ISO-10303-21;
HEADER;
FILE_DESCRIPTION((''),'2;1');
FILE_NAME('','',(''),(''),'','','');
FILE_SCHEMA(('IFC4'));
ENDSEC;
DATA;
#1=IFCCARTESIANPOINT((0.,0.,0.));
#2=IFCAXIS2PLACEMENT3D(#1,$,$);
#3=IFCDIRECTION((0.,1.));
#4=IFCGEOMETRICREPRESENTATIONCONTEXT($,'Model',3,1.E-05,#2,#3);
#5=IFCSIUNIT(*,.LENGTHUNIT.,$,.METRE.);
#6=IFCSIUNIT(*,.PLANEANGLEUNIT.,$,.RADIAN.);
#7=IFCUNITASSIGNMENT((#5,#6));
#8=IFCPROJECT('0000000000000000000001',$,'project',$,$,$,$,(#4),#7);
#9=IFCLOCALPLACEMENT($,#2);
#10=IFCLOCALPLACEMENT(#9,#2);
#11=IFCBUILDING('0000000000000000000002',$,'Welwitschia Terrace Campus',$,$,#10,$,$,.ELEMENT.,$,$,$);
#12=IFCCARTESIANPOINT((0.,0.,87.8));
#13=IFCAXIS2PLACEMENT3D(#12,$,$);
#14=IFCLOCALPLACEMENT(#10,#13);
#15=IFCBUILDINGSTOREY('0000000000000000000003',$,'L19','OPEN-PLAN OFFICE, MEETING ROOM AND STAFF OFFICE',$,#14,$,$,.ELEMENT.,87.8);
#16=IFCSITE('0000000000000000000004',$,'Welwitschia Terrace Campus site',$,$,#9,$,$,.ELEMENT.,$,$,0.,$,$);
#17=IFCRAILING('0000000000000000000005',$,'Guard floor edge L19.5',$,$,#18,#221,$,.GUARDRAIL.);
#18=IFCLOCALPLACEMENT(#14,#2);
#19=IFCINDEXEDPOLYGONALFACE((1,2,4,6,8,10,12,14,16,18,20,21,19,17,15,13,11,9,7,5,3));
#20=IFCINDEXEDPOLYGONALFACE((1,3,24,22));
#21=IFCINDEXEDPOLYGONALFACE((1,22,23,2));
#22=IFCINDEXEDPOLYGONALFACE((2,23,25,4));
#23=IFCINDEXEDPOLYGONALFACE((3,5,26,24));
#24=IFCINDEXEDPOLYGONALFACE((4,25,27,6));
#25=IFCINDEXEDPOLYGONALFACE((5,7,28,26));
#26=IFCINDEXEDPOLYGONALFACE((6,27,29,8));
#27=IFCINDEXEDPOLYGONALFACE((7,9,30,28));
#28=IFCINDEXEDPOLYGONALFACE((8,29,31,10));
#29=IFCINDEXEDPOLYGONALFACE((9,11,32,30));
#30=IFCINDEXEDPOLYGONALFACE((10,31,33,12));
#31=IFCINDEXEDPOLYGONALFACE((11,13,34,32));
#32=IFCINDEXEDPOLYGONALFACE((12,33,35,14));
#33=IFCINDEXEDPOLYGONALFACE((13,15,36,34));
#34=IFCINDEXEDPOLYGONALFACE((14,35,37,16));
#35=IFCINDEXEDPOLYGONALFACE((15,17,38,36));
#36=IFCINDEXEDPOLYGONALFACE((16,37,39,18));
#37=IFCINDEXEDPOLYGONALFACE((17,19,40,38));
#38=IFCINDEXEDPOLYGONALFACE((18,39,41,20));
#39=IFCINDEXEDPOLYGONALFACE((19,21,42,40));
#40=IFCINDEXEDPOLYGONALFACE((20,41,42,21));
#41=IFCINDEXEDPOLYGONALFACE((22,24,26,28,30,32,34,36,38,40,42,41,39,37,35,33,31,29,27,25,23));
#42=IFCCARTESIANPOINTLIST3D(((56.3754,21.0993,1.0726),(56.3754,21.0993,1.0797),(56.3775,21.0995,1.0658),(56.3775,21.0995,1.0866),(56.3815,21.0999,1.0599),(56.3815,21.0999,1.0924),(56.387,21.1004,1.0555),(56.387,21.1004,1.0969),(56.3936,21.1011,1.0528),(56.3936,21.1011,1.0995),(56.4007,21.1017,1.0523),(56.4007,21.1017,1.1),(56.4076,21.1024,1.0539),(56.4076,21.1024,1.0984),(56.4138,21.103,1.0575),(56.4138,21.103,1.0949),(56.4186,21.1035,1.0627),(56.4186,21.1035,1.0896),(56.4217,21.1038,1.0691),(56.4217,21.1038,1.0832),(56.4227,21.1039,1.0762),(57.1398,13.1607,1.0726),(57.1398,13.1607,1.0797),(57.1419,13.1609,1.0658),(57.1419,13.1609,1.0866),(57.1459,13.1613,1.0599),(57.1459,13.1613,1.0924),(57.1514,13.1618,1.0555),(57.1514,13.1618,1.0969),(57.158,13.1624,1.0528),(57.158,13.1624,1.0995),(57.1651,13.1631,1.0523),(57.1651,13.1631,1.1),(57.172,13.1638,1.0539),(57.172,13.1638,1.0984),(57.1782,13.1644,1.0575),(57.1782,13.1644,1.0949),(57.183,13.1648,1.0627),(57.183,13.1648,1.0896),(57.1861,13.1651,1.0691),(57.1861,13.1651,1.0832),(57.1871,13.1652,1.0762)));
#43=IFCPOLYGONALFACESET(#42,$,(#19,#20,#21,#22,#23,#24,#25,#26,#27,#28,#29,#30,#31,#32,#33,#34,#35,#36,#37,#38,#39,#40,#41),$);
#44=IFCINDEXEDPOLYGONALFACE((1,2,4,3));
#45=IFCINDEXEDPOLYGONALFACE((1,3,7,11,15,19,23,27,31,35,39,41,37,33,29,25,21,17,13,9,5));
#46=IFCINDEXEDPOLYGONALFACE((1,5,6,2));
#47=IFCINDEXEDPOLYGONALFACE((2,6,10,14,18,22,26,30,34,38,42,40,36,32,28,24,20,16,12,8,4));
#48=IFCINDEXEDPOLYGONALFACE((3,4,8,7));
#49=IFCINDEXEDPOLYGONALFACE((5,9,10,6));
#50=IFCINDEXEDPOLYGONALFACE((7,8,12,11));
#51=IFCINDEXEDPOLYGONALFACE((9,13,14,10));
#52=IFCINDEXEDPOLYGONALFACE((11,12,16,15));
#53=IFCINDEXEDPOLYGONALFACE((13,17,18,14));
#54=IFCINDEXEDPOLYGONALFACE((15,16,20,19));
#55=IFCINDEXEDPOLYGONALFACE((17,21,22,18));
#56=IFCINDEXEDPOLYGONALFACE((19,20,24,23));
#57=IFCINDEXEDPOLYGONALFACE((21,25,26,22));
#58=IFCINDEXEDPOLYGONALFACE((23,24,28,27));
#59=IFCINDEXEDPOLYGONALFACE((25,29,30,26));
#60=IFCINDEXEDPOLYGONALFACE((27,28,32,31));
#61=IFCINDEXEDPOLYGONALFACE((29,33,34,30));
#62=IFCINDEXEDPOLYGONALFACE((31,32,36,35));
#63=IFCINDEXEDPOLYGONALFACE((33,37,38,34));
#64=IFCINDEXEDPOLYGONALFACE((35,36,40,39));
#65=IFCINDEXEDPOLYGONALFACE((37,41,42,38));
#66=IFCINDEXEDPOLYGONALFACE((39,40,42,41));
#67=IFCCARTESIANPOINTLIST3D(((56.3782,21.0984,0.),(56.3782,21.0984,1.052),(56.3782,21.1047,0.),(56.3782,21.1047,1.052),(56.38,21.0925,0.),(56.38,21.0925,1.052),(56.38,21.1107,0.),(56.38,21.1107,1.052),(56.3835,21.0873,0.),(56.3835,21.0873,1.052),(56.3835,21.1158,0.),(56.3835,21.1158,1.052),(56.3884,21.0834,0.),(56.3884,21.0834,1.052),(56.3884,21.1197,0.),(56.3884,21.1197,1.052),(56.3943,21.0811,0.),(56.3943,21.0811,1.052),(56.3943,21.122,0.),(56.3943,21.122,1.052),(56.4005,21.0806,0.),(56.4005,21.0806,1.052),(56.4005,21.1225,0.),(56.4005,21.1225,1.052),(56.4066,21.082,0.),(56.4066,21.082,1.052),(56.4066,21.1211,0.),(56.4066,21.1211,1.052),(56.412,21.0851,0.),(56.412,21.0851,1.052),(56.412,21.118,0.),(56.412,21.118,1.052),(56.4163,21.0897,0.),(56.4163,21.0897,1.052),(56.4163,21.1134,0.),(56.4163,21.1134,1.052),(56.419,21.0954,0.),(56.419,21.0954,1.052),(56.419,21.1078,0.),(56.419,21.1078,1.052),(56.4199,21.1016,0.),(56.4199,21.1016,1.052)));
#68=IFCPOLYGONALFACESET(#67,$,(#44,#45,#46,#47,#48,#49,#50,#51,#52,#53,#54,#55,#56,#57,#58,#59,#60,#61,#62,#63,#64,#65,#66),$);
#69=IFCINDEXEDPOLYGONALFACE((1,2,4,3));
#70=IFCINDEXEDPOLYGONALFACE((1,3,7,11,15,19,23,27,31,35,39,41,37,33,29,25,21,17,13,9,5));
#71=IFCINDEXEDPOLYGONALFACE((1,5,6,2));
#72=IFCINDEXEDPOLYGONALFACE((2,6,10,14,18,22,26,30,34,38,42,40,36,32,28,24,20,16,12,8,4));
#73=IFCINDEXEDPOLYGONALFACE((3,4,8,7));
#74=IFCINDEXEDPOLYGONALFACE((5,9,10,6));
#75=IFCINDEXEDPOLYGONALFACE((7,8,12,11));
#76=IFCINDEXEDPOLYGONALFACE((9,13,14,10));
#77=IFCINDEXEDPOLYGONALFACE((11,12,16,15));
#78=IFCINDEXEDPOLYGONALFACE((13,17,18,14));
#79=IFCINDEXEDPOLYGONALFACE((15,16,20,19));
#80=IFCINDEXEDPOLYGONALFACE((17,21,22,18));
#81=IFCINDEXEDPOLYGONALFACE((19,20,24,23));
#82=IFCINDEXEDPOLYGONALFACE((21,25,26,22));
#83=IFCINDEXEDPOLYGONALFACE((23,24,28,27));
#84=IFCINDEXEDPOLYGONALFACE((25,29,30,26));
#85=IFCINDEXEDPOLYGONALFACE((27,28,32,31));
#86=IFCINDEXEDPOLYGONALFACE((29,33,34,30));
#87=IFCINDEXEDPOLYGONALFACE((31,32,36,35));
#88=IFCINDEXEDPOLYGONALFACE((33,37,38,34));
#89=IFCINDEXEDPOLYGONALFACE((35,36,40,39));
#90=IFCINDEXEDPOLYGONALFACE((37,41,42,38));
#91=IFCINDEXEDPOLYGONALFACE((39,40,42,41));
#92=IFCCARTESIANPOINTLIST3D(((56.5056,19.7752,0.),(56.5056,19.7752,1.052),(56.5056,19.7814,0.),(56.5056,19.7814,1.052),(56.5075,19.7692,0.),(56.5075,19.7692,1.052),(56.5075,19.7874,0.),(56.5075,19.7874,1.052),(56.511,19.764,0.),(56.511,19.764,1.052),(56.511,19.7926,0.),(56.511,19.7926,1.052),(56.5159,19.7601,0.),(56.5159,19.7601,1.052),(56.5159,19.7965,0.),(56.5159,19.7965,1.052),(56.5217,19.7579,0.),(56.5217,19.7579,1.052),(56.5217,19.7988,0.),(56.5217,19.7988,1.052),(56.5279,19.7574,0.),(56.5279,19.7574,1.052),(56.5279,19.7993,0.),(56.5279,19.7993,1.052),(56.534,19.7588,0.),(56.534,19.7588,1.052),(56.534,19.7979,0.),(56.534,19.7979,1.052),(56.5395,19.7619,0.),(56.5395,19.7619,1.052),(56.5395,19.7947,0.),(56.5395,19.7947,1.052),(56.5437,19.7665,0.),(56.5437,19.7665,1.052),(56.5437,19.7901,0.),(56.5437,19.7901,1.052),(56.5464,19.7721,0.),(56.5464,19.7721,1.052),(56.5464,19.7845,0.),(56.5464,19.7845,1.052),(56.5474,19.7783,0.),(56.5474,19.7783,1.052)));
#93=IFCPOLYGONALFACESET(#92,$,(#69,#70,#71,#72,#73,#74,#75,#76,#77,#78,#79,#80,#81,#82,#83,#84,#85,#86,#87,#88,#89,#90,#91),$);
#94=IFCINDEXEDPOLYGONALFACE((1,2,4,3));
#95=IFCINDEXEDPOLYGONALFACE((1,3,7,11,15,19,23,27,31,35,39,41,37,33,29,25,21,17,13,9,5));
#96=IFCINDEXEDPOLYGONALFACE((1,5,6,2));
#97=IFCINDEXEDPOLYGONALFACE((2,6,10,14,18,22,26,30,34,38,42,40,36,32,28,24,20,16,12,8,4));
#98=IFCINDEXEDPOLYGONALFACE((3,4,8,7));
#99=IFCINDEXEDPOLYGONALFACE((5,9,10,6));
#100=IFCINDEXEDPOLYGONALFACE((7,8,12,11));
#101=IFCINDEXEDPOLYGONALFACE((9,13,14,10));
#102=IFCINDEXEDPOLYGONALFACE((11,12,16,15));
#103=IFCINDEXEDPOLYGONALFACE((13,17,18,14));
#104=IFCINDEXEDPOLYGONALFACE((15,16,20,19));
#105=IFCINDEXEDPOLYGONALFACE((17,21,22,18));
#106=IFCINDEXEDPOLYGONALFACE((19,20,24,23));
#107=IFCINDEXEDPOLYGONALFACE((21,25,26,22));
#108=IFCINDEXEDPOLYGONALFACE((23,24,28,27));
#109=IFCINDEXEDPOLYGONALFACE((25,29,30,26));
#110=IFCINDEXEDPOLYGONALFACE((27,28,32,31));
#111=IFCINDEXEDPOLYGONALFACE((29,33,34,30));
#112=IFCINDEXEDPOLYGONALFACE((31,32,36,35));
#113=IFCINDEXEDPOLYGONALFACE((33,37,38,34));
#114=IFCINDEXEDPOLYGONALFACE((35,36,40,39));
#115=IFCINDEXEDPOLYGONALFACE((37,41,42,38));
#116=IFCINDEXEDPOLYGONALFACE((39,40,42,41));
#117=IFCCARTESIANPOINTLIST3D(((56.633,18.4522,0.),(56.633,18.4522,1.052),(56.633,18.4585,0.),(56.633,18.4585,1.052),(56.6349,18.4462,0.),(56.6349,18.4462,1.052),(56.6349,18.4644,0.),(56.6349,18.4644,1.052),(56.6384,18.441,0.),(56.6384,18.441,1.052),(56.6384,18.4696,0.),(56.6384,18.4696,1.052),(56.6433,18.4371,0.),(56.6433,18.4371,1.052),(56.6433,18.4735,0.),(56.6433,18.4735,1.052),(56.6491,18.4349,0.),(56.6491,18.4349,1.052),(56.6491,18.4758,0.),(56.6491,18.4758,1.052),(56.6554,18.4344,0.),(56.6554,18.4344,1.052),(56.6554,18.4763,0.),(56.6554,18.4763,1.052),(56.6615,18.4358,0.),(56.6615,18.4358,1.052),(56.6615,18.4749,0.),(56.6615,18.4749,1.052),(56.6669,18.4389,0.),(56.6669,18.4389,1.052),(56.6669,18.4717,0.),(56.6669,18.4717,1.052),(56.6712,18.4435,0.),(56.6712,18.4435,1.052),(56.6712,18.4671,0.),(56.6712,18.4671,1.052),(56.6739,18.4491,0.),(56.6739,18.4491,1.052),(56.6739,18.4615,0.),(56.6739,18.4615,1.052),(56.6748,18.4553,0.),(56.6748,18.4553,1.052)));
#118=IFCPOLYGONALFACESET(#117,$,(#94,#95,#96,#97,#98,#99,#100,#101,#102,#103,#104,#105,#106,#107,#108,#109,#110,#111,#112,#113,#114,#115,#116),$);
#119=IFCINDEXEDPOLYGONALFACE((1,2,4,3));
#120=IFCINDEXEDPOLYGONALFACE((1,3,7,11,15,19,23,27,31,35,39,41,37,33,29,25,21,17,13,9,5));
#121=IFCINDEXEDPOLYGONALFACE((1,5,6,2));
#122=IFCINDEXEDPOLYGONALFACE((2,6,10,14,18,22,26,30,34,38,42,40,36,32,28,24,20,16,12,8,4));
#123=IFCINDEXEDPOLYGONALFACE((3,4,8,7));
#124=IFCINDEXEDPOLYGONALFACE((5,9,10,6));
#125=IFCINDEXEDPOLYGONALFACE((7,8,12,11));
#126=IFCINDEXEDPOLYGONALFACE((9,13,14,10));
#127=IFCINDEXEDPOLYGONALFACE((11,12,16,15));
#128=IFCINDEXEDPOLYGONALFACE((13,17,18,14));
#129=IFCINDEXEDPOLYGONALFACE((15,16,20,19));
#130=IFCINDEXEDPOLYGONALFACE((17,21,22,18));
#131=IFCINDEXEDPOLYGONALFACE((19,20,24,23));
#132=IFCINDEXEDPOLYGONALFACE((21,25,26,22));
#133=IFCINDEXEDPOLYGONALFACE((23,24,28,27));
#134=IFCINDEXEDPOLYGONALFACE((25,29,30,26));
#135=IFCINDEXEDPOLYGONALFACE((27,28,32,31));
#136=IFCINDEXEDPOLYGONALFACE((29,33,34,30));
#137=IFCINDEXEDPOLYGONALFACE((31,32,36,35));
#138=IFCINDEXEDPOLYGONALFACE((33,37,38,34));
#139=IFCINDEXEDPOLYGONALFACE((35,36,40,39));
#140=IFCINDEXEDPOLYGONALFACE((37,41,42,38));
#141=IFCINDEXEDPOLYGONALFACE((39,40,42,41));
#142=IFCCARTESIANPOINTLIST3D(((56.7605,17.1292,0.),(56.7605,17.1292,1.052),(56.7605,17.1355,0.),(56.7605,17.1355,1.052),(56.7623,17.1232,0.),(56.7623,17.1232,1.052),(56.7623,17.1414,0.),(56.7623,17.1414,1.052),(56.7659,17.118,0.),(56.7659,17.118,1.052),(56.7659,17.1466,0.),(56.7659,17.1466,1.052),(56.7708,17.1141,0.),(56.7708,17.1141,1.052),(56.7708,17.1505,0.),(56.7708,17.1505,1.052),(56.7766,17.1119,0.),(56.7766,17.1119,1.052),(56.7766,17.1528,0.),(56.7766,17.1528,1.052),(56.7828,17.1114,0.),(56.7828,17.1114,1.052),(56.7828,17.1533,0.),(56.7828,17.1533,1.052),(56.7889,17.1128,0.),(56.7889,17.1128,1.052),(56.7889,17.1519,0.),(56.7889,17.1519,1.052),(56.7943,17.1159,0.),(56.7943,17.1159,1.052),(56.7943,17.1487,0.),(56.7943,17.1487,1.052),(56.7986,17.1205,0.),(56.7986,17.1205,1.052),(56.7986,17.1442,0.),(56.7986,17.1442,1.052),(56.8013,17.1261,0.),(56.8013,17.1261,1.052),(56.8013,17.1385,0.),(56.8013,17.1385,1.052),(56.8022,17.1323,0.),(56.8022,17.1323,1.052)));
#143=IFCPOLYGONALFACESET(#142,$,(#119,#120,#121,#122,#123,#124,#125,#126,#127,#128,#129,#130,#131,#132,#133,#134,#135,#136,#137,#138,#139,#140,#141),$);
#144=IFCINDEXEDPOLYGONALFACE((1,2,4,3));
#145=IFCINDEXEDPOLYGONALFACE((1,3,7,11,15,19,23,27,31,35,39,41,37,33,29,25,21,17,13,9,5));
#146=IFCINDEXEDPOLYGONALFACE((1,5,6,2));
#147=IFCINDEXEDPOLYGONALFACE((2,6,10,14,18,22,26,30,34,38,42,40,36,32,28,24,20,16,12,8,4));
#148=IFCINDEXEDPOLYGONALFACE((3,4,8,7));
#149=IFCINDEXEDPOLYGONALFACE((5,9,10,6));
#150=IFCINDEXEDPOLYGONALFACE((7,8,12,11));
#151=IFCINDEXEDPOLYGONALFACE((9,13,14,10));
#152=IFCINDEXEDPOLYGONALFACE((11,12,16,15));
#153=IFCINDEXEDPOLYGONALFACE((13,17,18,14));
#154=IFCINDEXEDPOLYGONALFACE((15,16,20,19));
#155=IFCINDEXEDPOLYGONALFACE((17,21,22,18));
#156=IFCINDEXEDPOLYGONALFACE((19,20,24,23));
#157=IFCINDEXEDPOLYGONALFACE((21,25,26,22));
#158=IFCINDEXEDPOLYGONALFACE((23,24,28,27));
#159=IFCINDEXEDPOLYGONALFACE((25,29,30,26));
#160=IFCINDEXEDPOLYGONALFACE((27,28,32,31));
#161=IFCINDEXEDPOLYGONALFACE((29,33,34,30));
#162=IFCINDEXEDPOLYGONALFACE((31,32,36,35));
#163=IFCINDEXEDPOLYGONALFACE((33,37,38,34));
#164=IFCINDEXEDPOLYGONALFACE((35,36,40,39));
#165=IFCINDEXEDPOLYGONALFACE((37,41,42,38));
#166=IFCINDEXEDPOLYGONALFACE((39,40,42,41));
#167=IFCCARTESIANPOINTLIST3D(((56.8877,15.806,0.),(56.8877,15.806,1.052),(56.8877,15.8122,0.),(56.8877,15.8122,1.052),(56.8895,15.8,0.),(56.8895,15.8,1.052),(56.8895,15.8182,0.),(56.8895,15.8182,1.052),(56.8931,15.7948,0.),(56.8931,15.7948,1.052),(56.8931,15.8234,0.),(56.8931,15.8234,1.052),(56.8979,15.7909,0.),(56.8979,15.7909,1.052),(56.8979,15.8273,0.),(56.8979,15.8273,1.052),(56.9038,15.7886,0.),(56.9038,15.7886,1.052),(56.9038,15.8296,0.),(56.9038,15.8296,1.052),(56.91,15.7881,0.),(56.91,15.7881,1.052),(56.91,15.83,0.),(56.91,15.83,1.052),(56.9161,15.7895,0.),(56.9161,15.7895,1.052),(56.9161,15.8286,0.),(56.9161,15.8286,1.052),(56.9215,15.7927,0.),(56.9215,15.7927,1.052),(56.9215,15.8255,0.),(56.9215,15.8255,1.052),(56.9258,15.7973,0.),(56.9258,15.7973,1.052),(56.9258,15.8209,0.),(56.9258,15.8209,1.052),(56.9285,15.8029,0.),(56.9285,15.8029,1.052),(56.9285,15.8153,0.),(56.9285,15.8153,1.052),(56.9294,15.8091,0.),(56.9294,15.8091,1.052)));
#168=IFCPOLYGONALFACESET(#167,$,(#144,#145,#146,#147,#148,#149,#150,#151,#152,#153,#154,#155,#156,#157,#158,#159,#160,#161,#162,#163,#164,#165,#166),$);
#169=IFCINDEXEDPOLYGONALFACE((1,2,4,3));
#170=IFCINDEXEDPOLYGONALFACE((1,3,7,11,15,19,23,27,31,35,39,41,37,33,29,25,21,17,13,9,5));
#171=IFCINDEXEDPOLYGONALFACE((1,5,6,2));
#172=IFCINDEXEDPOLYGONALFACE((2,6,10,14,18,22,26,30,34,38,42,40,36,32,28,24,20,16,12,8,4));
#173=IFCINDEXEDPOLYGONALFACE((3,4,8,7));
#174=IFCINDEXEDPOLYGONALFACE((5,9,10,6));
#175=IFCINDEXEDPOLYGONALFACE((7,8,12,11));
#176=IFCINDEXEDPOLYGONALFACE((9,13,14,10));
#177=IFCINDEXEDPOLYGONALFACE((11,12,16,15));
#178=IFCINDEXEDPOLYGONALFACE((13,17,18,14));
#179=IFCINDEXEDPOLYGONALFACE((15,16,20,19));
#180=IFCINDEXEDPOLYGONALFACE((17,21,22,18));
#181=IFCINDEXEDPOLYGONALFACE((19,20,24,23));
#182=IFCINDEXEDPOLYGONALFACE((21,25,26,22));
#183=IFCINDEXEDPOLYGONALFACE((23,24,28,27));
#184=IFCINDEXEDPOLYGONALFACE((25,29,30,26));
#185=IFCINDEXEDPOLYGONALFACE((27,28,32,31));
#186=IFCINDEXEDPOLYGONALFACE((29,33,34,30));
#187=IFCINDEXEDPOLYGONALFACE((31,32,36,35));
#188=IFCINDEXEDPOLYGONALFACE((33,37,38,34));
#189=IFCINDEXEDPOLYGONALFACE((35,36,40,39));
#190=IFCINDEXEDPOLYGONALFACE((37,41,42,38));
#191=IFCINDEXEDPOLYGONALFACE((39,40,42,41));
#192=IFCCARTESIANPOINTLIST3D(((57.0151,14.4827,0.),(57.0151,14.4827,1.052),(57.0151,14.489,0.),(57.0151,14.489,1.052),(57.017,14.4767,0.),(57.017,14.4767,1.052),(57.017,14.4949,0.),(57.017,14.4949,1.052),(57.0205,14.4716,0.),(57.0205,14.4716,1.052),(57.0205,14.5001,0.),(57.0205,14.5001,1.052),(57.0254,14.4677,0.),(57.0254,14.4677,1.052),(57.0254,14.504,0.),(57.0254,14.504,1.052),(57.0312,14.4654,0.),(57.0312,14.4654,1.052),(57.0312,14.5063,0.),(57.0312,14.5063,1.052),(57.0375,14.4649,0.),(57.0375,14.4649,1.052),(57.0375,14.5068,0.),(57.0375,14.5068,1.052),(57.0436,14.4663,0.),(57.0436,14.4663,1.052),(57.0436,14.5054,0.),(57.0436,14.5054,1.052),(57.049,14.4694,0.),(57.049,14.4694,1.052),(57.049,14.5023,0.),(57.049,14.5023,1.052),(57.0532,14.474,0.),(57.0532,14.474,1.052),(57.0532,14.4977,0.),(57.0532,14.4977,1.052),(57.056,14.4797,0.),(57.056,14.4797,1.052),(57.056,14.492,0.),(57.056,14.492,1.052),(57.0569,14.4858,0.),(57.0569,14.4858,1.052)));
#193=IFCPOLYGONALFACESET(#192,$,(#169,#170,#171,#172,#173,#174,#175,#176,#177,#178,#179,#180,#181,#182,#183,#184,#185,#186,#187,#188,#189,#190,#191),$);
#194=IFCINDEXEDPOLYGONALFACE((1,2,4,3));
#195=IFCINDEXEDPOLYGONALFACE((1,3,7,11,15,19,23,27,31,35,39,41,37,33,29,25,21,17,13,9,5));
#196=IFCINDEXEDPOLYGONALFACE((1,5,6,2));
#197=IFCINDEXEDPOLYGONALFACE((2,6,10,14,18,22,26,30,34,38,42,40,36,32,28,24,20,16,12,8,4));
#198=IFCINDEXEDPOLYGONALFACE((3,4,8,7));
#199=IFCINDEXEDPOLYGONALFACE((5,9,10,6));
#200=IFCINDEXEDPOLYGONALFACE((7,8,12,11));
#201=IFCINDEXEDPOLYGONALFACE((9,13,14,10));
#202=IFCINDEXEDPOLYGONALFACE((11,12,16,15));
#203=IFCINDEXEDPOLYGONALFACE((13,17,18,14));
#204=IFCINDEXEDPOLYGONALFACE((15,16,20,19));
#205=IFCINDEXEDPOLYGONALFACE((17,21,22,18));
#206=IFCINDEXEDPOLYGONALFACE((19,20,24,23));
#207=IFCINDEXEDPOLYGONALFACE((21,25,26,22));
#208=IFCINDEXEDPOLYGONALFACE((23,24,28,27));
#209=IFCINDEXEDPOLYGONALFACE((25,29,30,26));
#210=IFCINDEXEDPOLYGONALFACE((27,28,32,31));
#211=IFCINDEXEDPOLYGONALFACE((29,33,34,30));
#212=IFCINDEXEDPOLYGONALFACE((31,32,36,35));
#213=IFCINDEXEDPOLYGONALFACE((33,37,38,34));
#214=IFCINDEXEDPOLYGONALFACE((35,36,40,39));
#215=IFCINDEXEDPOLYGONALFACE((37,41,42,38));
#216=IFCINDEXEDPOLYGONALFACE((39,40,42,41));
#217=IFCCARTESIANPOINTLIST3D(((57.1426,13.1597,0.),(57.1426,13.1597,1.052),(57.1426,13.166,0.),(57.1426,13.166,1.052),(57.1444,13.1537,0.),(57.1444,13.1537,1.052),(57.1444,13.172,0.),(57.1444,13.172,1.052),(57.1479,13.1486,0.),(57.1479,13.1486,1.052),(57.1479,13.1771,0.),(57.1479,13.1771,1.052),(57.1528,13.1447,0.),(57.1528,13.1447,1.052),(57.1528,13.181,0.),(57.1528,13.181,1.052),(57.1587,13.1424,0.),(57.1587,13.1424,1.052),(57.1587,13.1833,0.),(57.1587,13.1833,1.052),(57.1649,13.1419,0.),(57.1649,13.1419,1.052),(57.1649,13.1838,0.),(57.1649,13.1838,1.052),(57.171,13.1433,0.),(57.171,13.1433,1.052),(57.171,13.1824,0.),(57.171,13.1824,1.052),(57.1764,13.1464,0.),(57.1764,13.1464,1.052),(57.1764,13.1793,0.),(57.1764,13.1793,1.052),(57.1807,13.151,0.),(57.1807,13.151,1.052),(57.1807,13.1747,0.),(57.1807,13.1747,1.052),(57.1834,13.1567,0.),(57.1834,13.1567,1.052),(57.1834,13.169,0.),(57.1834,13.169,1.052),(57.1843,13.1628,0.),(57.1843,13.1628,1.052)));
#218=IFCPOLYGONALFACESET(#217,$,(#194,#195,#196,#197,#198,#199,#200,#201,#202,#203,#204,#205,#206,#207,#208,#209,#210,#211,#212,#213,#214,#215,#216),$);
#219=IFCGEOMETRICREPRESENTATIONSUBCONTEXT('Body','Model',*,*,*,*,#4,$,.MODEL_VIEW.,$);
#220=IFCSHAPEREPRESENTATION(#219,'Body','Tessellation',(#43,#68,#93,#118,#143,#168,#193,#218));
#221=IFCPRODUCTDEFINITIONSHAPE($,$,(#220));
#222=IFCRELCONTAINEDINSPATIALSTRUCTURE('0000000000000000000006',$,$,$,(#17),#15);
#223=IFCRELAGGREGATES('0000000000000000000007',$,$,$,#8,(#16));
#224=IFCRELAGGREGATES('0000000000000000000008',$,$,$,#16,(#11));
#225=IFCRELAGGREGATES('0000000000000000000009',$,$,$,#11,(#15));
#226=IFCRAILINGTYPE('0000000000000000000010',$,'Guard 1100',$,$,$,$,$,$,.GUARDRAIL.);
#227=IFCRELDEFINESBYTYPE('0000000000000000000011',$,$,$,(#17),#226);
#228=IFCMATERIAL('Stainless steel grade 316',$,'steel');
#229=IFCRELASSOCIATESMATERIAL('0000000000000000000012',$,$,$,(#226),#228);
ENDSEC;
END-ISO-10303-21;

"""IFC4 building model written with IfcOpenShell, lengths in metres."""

from ifc_helpers import new_model, si_unit, direction, frame, origin, origin_2d, place, context, subcontext, project, spatial, circle, extrude, material, type_object, element, save


model = new_model("IFC4")

# Units and contexts
model_context = context("Model", 3, precision=1e-05, world=origin(), true_north=direction((0.0, 1.0)))
body_context = subcontext(model_context, "Body", "Model", "MODEL_VIEW")
ifc_project = project(units=[si_unit("LENGTHUNIT", "METRE"), si_unit("PLANEANGLEUNIT", "RADIAN")], contexts=[model_context])

# Site, building, storey
site_placement = place(None, origin())
site = spatial("IfcSite", under=ifc_project, at=site_placement, Name="Welwitschia Terrace Campus site", CompositionType="ELEMENT", RefElevation=0.0)
building_placement = place(site_placement, origin())
building = spatial("IfcBuilding", under=site, at=building_placement, Name="Welwitschia Terrace Campus", CompositionType="ELEMENT")
storey_placement = place(building_placement, frame((0.0, 0.0, 87.8)))
storey = spatial("IfcBuildingStorey", under=building, at=storey_placement, Name="L19", Description="OPEN-PLAN OFFICE, MEETING ROOM AND STAFF OFFICE", CompositionType="ELEMENT", Elevation=87.8)

# Railing
ifc_material_1 = material(Name="Stainless steel grade 316", Category="steel")
railing_type = type_object("IfcRailingType", Name="Guard 1100", PredefinedType="GUARDRAIL", material=ifc_material_1)
railing_1_placement = place(storey_placement, frame((56.3989, 21.1016, 0.0)))
element("IfcRailing", 1, at=railing_1_placement, inside=storey, type_object=railing_type, Name="Guard floor edge L19.5", PredefinedType="GUARDRAIL", context=body_context, shape_type="SweptSolid", body=[
    extrude(circle(Radius=0.0239, at=origin_2d()), frame((0.0, 0.0, 1.0762), z_axis=(0.095845, -0.995396, 0.0), x_axis=(0.995396, 0.095845, 0.0)), (0.0, 0.0, 1.0), 7.9753),
    extrude(circle(Radius=0.021, at=origin_2d()), origin(), (0.0, 0.0, 1.0), 1.052),
    extrude(circle(Radius=0.021, at=origin_2d()), frame((0.1274, -1.3232, 0.0)), (0.0, 0.0, 1.0), 1.052),
    extrude(circle(Radius=0.021, at=origin_2d()), frame((0.2549, -2.6462, 0.0)), (0.0, 0.0, 1.0), 1.052),
    extrude(circle(Radius=0.021, at=origin_2d()), frame((0.3823, -3.9692, 0.0)), (0.0, 0.0, 1.0), 1.052),
    extrude(circle(Radius=0.021, at=origin_2d()), frame((0.5095, -5.2925, 0.0)), (0.0, 0.0, 1.0), 1.052),
    extrude(circle(Radius=0.021, at=origin_2d()), frame((0.637, -6.6157, 0.0)), (0.0, 0.0, 1.0), 1.052),
    extrude(circle(Radius=0.021, at=origin_2d()), frame((0.7644, -7.9387, 0.0)), (0.0, 0.0, 1.0), 1.052),
])

save(model, "model.ifc")
